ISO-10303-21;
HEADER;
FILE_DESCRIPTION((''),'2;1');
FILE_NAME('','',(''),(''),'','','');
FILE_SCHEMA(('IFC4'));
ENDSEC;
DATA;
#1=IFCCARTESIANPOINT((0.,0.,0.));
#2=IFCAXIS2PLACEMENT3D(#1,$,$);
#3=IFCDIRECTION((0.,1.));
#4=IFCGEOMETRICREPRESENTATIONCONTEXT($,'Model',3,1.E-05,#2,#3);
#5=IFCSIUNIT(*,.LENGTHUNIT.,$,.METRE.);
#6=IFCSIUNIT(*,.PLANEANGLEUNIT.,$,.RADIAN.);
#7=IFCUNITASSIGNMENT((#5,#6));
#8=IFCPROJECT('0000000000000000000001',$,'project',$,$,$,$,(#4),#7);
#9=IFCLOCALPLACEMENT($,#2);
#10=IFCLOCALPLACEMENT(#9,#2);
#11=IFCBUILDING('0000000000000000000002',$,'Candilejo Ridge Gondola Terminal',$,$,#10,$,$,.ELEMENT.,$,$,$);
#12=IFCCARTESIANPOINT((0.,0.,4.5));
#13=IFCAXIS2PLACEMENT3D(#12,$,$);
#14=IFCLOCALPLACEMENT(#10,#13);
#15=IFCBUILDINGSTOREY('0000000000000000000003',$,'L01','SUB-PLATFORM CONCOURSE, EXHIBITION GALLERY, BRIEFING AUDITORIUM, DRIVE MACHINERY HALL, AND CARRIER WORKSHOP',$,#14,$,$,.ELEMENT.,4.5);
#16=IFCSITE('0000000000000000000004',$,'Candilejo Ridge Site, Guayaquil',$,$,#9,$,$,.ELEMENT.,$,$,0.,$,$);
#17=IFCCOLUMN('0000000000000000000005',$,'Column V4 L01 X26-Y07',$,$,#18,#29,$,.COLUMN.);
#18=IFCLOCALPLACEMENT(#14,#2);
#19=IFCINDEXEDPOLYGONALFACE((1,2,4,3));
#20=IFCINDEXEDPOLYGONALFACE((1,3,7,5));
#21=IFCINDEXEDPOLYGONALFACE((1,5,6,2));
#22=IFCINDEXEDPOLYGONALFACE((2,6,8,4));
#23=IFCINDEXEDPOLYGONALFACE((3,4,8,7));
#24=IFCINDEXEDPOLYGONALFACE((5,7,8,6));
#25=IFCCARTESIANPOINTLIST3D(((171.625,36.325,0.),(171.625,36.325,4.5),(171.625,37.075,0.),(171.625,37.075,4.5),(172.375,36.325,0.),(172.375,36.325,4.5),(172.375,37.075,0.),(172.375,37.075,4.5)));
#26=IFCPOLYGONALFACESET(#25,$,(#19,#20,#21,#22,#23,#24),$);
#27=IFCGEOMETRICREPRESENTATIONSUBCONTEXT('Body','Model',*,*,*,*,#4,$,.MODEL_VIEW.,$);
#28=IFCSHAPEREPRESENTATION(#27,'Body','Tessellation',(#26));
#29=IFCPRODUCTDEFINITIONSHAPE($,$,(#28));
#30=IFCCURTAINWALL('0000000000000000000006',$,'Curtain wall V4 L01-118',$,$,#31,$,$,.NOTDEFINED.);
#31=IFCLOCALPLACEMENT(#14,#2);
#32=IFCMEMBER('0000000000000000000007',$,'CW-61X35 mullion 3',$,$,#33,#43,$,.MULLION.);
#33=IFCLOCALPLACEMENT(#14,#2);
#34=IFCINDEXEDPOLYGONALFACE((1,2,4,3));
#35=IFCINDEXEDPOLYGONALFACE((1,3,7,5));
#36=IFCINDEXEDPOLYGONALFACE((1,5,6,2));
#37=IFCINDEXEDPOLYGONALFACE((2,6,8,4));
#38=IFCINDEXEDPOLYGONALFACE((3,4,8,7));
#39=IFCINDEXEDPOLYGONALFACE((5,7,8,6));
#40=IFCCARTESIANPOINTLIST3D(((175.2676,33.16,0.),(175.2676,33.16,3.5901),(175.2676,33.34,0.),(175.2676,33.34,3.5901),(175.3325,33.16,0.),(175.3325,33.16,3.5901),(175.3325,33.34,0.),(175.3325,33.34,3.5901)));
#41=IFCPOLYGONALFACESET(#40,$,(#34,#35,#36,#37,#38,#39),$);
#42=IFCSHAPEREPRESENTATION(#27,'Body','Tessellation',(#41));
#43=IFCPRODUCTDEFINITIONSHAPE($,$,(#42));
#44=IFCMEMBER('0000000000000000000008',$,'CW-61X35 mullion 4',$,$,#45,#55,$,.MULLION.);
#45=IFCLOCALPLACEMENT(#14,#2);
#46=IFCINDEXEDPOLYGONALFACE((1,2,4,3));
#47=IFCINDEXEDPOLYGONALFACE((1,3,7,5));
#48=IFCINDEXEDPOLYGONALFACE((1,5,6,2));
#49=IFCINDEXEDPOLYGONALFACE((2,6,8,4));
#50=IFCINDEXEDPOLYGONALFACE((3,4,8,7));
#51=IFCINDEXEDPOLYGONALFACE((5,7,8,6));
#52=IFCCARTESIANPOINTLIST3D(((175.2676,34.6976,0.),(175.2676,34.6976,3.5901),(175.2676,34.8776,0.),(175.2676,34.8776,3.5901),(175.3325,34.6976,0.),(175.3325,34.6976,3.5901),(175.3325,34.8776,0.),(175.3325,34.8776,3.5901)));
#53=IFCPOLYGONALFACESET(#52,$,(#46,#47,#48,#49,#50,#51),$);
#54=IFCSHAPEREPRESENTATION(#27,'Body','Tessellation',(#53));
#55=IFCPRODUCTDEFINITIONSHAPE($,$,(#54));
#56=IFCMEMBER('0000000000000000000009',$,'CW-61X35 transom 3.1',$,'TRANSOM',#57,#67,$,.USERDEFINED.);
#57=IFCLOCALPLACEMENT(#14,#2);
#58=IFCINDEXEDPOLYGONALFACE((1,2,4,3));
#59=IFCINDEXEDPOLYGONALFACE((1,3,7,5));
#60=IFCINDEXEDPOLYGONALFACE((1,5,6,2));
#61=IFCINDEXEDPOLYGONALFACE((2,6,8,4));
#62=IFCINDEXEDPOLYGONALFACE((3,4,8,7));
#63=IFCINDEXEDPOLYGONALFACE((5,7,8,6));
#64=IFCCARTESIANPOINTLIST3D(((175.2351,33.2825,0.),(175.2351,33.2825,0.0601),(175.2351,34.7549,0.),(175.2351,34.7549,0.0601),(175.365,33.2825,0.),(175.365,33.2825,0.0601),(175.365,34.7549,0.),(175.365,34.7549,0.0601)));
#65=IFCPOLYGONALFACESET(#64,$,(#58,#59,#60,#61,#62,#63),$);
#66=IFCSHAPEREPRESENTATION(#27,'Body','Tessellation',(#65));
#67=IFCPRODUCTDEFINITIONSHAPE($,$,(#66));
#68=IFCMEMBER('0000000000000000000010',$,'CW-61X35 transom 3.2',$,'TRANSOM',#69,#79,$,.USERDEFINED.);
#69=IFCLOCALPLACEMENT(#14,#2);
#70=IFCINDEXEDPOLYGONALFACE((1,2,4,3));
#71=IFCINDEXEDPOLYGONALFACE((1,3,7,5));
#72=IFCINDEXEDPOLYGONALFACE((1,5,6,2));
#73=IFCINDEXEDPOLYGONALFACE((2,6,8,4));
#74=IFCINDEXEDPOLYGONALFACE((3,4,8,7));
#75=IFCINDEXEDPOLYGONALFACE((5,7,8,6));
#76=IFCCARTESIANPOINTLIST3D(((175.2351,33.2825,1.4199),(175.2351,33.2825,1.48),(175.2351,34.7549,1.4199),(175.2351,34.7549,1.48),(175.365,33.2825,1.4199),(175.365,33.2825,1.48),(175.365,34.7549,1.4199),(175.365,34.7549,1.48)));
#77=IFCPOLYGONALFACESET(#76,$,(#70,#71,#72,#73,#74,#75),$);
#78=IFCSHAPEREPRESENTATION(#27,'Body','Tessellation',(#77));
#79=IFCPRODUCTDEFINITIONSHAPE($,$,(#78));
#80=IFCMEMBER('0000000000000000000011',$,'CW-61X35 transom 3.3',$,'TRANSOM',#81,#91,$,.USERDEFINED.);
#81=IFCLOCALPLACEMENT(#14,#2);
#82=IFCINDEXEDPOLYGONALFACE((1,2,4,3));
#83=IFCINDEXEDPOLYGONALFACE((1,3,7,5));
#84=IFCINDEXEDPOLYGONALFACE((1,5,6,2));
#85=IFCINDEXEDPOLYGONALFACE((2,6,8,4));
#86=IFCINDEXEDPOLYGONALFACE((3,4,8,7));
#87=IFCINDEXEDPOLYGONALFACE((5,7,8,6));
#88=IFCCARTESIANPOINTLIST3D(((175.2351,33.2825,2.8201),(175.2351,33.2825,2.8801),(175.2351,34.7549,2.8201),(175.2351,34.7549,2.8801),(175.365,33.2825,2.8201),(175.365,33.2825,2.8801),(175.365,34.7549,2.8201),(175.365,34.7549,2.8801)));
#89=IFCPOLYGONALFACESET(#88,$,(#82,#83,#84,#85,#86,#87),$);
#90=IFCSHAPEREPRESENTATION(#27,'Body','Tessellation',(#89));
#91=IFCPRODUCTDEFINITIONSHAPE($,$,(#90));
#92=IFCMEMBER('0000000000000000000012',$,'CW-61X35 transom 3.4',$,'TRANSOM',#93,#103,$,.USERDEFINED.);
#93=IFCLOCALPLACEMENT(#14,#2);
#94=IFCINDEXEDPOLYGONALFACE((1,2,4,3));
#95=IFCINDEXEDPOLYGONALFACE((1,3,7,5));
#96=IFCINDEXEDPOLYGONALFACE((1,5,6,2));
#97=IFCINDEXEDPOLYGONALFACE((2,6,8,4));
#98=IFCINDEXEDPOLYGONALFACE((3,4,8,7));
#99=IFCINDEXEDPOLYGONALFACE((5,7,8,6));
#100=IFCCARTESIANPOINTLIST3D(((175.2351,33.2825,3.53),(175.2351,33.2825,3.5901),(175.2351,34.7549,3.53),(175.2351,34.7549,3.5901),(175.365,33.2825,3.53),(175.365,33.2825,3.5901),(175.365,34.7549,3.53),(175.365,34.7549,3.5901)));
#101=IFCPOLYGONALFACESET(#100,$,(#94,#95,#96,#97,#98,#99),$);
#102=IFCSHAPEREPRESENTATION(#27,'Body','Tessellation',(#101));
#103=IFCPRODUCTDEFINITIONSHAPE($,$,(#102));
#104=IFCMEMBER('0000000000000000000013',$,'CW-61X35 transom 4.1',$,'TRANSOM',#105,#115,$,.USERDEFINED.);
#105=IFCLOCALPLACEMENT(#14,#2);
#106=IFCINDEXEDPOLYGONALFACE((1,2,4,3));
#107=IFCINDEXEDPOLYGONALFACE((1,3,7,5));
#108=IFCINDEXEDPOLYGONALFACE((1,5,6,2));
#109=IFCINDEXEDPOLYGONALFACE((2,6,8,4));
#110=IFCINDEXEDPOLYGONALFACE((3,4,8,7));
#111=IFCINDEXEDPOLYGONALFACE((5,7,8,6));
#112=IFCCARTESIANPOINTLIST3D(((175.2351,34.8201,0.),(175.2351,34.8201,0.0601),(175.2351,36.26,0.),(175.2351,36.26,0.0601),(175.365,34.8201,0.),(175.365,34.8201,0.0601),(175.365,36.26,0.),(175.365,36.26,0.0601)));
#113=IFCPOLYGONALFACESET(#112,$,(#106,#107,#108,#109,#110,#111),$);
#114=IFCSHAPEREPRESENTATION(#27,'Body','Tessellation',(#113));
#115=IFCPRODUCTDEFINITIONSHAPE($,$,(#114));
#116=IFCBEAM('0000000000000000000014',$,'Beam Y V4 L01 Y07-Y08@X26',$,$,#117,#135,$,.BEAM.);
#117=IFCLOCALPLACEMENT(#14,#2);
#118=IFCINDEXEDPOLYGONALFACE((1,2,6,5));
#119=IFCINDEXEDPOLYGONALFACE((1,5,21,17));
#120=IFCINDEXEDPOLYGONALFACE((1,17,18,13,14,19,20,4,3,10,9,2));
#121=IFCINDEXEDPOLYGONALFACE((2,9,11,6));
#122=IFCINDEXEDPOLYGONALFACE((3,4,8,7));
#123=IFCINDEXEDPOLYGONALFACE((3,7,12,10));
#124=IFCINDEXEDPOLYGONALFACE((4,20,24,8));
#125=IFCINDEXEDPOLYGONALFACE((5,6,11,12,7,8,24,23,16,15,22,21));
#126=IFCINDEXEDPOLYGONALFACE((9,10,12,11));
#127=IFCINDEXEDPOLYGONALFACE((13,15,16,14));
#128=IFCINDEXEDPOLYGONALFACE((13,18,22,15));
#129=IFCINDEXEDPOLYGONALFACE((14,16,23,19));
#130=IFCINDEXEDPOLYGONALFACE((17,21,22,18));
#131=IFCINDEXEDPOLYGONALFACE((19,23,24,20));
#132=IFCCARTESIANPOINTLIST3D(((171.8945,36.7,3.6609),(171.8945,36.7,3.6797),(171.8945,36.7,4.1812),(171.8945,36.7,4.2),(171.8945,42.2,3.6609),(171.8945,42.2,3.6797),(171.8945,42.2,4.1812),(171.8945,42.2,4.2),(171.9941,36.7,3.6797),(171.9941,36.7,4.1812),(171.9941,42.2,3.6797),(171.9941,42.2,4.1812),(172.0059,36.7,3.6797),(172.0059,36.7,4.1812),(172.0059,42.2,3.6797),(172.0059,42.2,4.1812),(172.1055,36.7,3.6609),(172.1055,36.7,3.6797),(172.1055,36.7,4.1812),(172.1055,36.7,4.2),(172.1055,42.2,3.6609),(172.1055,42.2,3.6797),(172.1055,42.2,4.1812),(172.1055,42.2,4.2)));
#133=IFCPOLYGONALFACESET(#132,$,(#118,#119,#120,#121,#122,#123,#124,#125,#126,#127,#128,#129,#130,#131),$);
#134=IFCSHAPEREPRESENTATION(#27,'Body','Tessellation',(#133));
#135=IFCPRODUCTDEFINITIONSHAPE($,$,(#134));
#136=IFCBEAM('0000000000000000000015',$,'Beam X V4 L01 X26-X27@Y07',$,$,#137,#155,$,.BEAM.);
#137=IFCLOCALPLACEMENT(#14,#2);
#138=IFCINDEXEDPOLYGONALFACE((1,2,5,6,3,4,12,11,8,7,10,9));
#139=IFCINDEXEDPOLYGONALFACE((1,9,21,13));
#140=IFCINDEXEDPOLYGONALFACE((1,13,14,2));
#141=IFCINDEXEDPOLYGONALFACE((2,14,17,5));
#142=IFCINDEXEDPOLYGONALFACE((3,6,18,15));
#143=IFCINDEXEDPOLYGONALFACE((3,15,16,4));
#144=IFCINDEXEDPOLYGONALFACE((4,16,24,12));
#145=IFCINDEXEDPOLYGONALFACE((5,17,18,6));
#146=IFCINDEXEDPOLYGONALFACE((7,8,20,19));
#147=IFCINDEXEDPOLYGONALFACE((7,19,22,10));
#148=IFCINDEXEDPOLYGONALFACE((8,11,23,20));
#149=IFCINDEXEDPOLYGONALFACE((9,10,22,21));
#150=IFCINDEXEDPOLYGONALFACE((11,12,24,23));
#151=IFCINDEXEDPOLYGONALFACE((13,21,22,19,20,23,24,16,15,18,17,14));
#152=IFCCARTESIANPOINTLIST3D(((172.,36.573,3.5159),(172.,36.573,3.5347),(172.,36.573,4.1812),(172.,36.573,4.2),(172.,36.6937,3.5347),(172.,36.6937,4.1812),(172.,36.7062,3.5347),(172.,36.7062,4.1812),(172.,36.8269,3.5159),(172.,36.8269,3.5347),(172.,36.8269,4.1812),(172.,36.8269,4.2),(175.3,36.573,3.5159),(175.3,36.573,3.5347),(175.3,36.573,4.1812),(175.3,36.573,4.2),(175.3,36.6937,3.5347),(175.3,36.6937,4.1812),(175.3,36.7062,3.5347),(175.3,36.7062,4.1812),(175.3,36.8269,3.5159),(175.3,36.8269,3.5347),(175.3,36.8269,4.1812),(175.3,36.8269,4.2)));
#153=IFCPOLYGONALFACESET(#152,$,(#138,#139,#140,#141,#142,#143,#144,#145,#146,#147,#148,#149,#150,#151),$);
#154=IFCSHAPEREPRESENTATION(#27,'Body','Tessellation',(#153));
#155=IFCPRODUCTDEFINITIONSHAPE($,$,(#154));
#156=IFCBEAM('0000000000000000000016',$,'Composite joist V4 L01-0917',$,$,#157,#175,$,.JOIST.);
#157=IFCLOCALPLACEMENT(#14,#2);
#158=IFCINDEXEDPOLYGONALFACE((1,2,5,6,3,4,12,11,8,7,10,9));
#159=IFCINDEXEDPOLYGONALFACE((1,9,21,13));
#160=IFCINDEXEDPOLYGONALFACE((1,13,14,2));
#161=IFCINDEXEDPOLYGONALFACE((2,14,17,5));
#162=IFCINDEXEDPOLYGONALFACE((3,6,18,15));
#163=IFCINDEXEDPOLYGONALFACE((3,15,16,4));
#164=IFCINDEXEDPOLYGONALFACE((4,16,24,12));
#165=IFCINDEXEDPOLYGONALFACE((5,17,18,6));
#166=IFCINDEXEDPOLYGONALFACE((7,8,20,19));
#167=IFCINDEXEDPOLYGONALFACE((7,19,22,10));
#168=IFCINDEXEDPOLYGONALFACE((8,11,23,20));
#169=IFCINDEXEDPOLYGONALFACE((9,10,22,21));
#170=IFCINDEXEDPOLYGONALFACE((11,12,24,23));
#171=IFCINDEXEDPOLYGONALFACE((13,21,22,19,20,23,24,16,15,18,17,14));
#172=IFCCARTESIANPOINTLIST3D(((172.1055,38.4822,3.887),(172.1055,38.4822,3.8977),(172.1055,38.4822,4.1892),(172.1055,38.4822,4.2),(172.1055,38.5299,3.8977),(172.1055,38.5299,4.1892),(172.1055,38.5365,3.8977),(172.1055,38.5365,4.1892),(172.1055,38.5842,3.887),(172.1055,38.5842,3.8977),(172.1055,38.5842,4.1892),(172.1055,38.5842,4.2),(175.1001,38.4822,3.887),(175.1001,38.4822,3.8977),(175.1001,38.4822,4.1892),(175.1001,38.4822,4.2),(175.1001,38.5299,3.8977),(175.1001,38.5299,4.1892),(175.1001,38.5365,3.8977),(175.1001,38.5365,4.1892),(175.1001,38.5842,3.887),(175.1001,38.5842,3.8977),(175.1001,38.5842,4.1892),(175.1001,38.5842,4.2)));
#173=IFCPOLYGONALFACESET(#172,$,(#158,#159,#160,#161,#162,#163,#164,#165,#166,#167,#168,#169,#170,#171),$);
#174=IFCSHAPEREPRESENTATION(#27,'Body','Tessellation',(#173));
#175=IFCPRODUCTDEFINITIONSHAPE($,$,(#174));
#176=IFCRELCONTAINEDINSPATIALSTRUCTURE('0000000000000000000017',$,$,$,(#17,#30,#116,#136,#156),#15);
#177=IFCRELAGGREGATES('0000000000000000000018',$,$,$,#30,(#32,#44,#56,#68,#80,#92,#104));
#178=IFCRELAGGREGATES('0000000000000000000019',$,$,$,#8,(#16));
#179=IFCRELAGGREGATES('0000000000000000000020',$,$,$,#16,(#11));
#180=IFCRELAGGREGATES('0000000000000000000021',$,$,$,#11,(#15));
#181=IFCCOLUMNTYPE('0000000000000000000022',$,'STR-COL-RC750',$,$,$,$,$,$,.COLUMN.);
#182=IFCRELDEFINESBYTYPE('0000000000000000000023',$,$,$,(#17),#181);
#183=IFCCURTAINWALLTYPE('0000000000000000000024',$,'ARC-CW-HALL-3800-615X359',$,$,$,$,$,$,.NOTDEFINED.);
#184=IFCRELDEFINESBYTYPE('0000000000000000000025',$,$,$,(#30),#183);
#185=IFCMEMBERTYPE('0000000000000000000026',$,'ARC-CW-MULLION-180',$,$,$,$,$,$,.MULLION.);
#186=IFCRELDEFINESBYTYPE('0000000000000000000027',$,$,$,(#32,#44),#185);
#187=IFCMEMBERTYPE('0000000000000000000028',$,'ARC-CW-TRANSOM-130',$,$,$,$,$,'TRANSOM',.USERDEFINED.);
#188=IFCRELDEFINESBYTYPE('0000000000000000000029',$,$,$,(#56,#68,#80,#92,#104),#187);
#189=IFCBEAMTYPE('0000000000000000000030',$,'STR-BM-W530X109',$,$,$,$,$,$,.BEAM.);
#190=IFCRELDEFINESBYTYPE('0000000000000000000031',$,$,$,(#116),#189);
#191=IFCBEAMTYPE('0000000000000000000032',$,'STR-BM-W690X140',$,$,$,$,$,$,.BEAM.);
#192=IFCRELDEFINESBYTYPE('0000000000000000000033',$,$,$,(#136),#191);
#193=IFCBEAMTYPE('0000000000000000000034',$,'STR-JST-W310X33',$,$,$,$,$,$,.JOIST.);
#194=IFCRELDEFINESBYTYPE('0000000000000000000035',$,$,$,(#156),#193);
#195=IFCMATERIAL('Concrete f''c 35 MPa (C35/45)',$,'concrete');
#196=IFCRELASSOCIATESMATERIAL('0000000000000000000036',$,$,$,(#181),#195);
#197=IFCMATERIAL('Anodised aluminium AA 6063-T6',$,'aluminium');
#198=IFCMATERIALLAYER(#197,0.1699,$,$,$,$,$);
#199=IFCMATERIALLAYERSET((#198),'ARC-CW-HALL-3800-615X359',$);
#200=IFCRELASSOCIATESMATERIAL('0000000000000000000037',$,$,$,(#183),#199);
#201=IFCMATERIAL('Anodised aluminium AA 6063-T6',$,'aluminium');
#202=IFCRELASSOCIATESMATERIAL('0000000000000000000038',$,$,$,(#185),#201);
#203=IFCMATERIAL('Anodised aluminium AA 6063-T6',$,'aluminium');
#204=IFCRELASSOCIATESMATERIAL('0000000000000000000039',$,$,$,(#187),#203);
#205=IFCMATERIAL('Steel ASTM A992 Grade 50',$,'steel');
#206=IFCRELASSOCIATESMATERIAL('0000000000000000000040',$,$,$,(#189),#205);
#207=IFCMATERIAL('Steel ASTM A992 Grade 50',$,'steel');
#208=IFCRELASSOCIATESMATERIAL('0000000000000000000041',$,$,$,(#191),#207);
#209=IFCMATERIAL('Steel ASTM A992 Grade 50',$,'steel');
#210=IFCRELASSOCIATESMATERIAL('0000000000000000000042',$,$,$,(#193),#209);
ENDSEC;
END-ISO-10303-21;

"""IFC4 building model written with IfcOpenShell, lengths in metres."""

from ifc_helpers import new_model, si_unit, direction, frame, origin, origin_2d, place, context, subcontext, project, spatial, rectangle, i_section, extrude, material, layer, layer_set, material_profile, profile_set, type_object, element, aggregate, save


model = new_model("IFC4")

# Units and contexts
model_context = context("Model", 3, precision=1e-05, world=origin(), true_north=direction((0.0, 1.0)))
body_context = subcontext(model_context, "Body", "Model", "MODEL_VIEW")
ifc_project = project(units=[si_unit("LENGTHUNIT", "METRE"), si_unit("PLANEANGLEUNIT", "RADIAN")], contexts=[model_context])

# Site, building, storey
site_placement = place(None, origin())
site = spatial("IfcSite", under=ifc_project, at=site_placement, Name="Candilejo Ridge Site, Guayaquil", CompositionType="ELEMENT", RefElevation=0.0)
building_placement = place(site_placement, origin())
building = spatial("IfcBuilding", under=site, at=building_placement, Name="Candilejo Ridge Gondola Terminal", CompositionType="ELEMENT")
storey_placement = place(building_placement, frame((0.0, 0.0, 4.5)))
storey = spatial("IfcBuildingStorey", under=building, at=storey_placement, Name="L01", Description="SUB-PLATFORM CONCOURSE, EXHIBITION GALLERY, BRIEFING AUDITORIUM, DRIVE MACHINERY HALL, AND CARRIER WORKSHOP", CompositionType="ELEMENT", Elevation=4.5)

# Column
ifc_material_1 = material(Name="Concrete f'c 35 MPa (C35/45)", Category="concrete")
ifc_material_profile_1 = material_profile(ifc_material_1, rectangle(XDim=0.75, YDim=0.75, at=origin_2d()))
ifc_profile_set_1 = profile_set([ifc_material_profile_1], Name="Concrete f'c 35 MPa (C35/45)")
column_type = type_object("IfcColumnType", Name="STR-COL-RC750", PredefinedType="COLUMN", material=ifc_profile_set_1)
column_placement = place(storey_placement, frame((172.0, 36.7, 0.0), z_axis=(0.0, 0.0, 1.0), x_axis=(1.0, 0.0, 0.0)))
element("IfcColumn", 1, at=column_placement, inside=storey, type_object=column_type, Name="Column V4 L01 X26-Y07", PredefinedType="COLUMN", context=body_context, shape_type="SweptSolid", body=[
    extrude(rectangle(XDim=0.75, YDim=0.75, at=origin_2d()), origin(), (0.0, 0.0, 1.0), 4.5),
])

# Curtain wall, members
ifc_material_2 = material(Name="Anodised aluminium AA 6063-T6", Category="aluminium")
ifc_layer_1 = layer(ifc_material_2, 0.1699)
ifc_layer_set_1 = layer_set([ifc_layer_1], Name="ARC-CW-HALL-3800-615X359")
curtain_wall_type = type_object("IfcCurtainWallType", Name="ARC-CW-HALL-3800-615X359", PredefinedType="NOTDEFINED", material=ifc_layer_set_1)
curtain_wall_placement = place(storey_placement, origin())
curtain_wall = element("IfcCurtainWall", 2, at=curtain_wall_placement, inside=storey, type_object=curtain_wall_type, Name="Curtain wall V4 L01-118", PredefinedType="NOTDEFINED")
ifc_material_3 = material(Name="Anodised aluminium AA 6063-T6", Category="aluminium")
ifc_material_profile_2 = material_profile(ifc_material_3, rectangle(XDim=0.0649, YDim=0.1799, at=origin_2d()))
ifc_profile_set_2 = profile_set([ifc_material_profile_2], Name="Anodised aluminium AA 6063-T6")
member_type_1 = type_object("IfcMemberType", Name="ARC-CW-MULLION-180", PredefinedType="MULLION", material=ifc_profile_set_2)
member_1_placement = place(storey_placement, frame((175.3, 33.25, 0.0), z_axis=(0.0, 0.0, 1.0), x_axis=(-1.0, 0.0, 0.0)))
member_1 = element("IfcMember", 3, at=member_1_placement, type_object=member_type_1, Name="CW-61X35 mullion 3", PredefinedType="MULLION", context=body_context, shape_type="SweptSolid", body=[
    extrude(rectangle(XDim=0.0649, YDim=0.1799, at=origin_2d()), origin(), (0.0, 0.0, 1.0), 3.5901),
])
member_2_placement = place(storey_placement, frame((175.3, 34.7876, 0.0), z_axis=(0.0, 0.0, 1.0), x_axis=(-1.0, 0.0, 0.0)))
member_2 = element("IfcMember", 4, at=member_2_placement, type_object=member_type_1, Name="CW-61X35 mullion 4", PredefinedType="MULLION", context=body_context, shape_type="SweptSolid", body=[
    extrude(rectangle(XDim=0.0649, YDim=0.1799, at=origin_2d()), origin(), (0.0, 0.0, 1.0), 3.5901),
])
ifc_material_4 = material(Name="Anodised aluminium AA 6063-T6", Category="aluminium")
ifc_material_profile_3 = material_profile(ifc_material_4, rectangle(XDim=0.1299, YDim=0.0601, at=origin_2d()))
ifc_profile_set_3 = profile_set([ifc_material_profile_3], Name="Anodised aluminium AA 6063-T6")
member_type_2 = type_object("IfcMemberType", Name="ARC-CW-TRANSOM-130", ElementType="TRANSOM", PredefinedType="USERDEFINED", material=ifc_profile_set_3)
member_3_placement = place(storey_placement, frame((175.3, 33.2825, 0.03), z_axis=(0.0, 1.0, 0.0), x_axis=(-1.0, 0.0, 0.0)))
member_3 = element("IfcMember", 5, at=member_3_placement, type_object=member_type_2, Name="CW-61X35 transom 3.1", ObjectType="TRANSOM", PredefinedType="USERDEFINED", context=body_context, shape_type="SweptSolid", body=[
    extrude(rectangle(XDim=0.1299, YDim=0.0601, at=origin_2d()), origin(), (0.0, 0.0, 1.0), 1.4724),
])
member_4_placement = place(storey_placement, frame((175.3, 33.2825, 1.45), z_axis=(0.0, 1.0, 0.0), x_axis=(-1.0, 0.0, 0.0)))
member_4 = element("IfcMember", 6, at=member_4_placement, type_object=member_type_2, Name="CW-61X35 transom 3.2", ObjectType="TRANSOM", PredefinedType="USERDEFINED", context=body_context, shape_type="SweptSolid", body=[
    extrude(rectangle(XDim=0.1299, YDim=0.0601, at=origin_2d()), origin(), (0.0, 0.0, 1.0), 1.4724),
])
member_5_placement = place(storey_placement, frame((175.3, 33.2825, 2.8501), z_axis=(0.0, 1.0, 0.0), x_axis=(-1.0, 0.0, 0.0)))
member_5 = element("IfcMember", 7, at=member_5_placement, type_object=member_type_2, Name="CW-61X35 transom 3.3", ObjectType="TRANSOM", PredefinedType="USERDEFINED", context=body_context, shape_type="SweptSolid", body=[
    extrude(rectangle(XDim=0.1299, YDim=0.0601, at=origin_2d()), origin(), (0.0, 0.0, 1.0), 1.4724),
])
member_6_placement = place(storey_placement, frame((175.3, 33.2825, 3.5601), z_axis=(0.0, 1.0, 0.0), x_axis=(-1.0, 0.0, 0.0)))
member_6 = element("IfcMember", 8, at=member_6_placement, type_object=member_type_2, Name="CW-61X35 transom 3.4", ObjectType="TRANSOM", PredefinedType="USERDEFINED", context=body_context, shape_type="SweptSolid", body=[
    extrude(rectangle(XDim=0.1299, YDim=0.0601, at=origin_2d()), origin(), (0.0, 0.0, 1.0), 1.4724),
])
member_7_placement = place(storey_placement, frame((175.3, 34.8201, 0.03), z_axis=(0.0, 1.0, 0.0), x_axis=(-1.0, 0.0, 0.0)))
member_7 = element("IfcMember", 9, at=member_7_placement, type_object=member_type_2, Name="CW-61X35 transom 4.1", ObjectType="TRANSOM", PredefinedType="USERDEFINED", context=body_context, shape_type="SweptSolid", body=[
    extrude(rectangle(XDim=0.1299, YDim=0.0601, at=origin_2d()), origin(), (0.0, 0.0, 1.0), 1.4399),
])

# Beams
ifc_material_5 = material(Name="Steel ASTM A992 Grade 50", Category="steel")
ifc_material_profile_4 = material_profile(ifc_material_5, i_section(OverallWidth=0.2109, OverallDepth=0.5391, WebThickness=0.0117, FlangeThickness=0.0188, at=origin_2d()))
ifc_profile_set_4 = profile_set([ifc_material_profile_4], Name="Steel ASTM A992 Grade 50")
beam_type_1 = type_object("IfcBeamType", Name="STR-BM-W530X109", PredefinedType="BEAM", material=ifc_profile_set_4)
beam_1_placement = place(storey_placement, frame((172.0, 36.7, 3.9304), z_axis=(0.0, 1.0, 0.0), x_axis=(-1.0, 0.0, 0.0)))
element("IfcBeam", 10, at=beam_1_placement, inside=storey, type_object=beam_type_1, Name="Beam Y V4 L01 Y07-Y08@X26", PredefinedType="BEAM", context=body_context, shape_type="SweptSolid", body=[
    extrude(i_section(OverallWidth=0.2109, OverallDepth=0.5391, WebThickness=0.0117, FlangeThickness=0.0188, at=origin_2d()), origin(), (0.0, 0.0, 1.0), 5.5),
])
ifc_material_6 = material(Name="Steel ASTM A992 Grade 50", Category="steel")
ifc_material_profile_5 = material_profile(ifc_material_6, i_section(OverallWidth=0.2539, OverallDepth=0.6841, WebThickness=0.0125, FlangeThickness=0.0188, at=origin_2d()))
ifc_profile_set_5 = profile_set([ifc_material_profile_5], Name="Steel ASTM A992 Grade 50")
beam_type_2 = type_object("IfcBeamType", Name="STR-BM-W690X140", PredefinedType="BEAM", material=ifc_profile_set_5)
beam_2_placement = place(storey_placement, frame((172.0, 36.7, 3.8579), z_axis=(1.0, 0.0, 0.0), x_axis=(0.0, 1.0, 0.0)))
element("IfcBeam", 11, at=beam_2_placement, inside=storey, type_object=beam_type_2, Name="Beam X V4 L01 X26-X27@Y07", PredefinedType="BEAM", context=body_context, shape_type="SweptSolid", body=[
    extrude(i_section(OverallWidth=0.2539, OverallDepth=0.6841, WebThickness=0.0125, FlangeThickness=0.0188, at=origin_2d()), origin(), (0.0, 0.0, 1.0), 3.3),
])
ifc_material_7 = material(Name="Steel ASTM A992 Grade 50", Category="steel")
ifc_material_profile_6 = material_profile(ifc_material_7, i_section(OverallWidth=0.1021, OverallDepth=0.313, WebThickness=0.0066, FlangeThickness=0.0107, at=origin_2d()))
ifc_profile_set_6 = profile_set([ifc_material_profile_6], Name="Steel ASTM A992 Grade 50")
beam_type_3 = type_object("IfcBeamType", Name="STR-JST-W310X33", PredefinedType="JOIST", material=ifc_profile_set_6)
beam_3_placement = place(storey_placement, frame((172.1055, 38.5332, 4.0435), z_axis=(1.0, 0.0, 0.0), x_axis=(0.0, 1.0, 0.0)))
element("IfcBeam", 12, at=beam_3_placement, inside=storey, type_object=beam_type_3, Name="Composite joist V4 L01-0917", PredefinedType="JOIST", context=body_context, shape_type="SweptSolid", body=[
    extrude(i_section(OverallWidth=0.1021, OverallDepth=0.313, WebThickness=0.0066, FlangeThickness=0.0107, at=origin_2d()), origin(), (0.0, 0.0, 1.0), 2.9946),
])

aggregate(curtain_wall, [member_1, member_2, member_3, member_4, member_5, member_6, member_7])

save(model, "model.ifc")
